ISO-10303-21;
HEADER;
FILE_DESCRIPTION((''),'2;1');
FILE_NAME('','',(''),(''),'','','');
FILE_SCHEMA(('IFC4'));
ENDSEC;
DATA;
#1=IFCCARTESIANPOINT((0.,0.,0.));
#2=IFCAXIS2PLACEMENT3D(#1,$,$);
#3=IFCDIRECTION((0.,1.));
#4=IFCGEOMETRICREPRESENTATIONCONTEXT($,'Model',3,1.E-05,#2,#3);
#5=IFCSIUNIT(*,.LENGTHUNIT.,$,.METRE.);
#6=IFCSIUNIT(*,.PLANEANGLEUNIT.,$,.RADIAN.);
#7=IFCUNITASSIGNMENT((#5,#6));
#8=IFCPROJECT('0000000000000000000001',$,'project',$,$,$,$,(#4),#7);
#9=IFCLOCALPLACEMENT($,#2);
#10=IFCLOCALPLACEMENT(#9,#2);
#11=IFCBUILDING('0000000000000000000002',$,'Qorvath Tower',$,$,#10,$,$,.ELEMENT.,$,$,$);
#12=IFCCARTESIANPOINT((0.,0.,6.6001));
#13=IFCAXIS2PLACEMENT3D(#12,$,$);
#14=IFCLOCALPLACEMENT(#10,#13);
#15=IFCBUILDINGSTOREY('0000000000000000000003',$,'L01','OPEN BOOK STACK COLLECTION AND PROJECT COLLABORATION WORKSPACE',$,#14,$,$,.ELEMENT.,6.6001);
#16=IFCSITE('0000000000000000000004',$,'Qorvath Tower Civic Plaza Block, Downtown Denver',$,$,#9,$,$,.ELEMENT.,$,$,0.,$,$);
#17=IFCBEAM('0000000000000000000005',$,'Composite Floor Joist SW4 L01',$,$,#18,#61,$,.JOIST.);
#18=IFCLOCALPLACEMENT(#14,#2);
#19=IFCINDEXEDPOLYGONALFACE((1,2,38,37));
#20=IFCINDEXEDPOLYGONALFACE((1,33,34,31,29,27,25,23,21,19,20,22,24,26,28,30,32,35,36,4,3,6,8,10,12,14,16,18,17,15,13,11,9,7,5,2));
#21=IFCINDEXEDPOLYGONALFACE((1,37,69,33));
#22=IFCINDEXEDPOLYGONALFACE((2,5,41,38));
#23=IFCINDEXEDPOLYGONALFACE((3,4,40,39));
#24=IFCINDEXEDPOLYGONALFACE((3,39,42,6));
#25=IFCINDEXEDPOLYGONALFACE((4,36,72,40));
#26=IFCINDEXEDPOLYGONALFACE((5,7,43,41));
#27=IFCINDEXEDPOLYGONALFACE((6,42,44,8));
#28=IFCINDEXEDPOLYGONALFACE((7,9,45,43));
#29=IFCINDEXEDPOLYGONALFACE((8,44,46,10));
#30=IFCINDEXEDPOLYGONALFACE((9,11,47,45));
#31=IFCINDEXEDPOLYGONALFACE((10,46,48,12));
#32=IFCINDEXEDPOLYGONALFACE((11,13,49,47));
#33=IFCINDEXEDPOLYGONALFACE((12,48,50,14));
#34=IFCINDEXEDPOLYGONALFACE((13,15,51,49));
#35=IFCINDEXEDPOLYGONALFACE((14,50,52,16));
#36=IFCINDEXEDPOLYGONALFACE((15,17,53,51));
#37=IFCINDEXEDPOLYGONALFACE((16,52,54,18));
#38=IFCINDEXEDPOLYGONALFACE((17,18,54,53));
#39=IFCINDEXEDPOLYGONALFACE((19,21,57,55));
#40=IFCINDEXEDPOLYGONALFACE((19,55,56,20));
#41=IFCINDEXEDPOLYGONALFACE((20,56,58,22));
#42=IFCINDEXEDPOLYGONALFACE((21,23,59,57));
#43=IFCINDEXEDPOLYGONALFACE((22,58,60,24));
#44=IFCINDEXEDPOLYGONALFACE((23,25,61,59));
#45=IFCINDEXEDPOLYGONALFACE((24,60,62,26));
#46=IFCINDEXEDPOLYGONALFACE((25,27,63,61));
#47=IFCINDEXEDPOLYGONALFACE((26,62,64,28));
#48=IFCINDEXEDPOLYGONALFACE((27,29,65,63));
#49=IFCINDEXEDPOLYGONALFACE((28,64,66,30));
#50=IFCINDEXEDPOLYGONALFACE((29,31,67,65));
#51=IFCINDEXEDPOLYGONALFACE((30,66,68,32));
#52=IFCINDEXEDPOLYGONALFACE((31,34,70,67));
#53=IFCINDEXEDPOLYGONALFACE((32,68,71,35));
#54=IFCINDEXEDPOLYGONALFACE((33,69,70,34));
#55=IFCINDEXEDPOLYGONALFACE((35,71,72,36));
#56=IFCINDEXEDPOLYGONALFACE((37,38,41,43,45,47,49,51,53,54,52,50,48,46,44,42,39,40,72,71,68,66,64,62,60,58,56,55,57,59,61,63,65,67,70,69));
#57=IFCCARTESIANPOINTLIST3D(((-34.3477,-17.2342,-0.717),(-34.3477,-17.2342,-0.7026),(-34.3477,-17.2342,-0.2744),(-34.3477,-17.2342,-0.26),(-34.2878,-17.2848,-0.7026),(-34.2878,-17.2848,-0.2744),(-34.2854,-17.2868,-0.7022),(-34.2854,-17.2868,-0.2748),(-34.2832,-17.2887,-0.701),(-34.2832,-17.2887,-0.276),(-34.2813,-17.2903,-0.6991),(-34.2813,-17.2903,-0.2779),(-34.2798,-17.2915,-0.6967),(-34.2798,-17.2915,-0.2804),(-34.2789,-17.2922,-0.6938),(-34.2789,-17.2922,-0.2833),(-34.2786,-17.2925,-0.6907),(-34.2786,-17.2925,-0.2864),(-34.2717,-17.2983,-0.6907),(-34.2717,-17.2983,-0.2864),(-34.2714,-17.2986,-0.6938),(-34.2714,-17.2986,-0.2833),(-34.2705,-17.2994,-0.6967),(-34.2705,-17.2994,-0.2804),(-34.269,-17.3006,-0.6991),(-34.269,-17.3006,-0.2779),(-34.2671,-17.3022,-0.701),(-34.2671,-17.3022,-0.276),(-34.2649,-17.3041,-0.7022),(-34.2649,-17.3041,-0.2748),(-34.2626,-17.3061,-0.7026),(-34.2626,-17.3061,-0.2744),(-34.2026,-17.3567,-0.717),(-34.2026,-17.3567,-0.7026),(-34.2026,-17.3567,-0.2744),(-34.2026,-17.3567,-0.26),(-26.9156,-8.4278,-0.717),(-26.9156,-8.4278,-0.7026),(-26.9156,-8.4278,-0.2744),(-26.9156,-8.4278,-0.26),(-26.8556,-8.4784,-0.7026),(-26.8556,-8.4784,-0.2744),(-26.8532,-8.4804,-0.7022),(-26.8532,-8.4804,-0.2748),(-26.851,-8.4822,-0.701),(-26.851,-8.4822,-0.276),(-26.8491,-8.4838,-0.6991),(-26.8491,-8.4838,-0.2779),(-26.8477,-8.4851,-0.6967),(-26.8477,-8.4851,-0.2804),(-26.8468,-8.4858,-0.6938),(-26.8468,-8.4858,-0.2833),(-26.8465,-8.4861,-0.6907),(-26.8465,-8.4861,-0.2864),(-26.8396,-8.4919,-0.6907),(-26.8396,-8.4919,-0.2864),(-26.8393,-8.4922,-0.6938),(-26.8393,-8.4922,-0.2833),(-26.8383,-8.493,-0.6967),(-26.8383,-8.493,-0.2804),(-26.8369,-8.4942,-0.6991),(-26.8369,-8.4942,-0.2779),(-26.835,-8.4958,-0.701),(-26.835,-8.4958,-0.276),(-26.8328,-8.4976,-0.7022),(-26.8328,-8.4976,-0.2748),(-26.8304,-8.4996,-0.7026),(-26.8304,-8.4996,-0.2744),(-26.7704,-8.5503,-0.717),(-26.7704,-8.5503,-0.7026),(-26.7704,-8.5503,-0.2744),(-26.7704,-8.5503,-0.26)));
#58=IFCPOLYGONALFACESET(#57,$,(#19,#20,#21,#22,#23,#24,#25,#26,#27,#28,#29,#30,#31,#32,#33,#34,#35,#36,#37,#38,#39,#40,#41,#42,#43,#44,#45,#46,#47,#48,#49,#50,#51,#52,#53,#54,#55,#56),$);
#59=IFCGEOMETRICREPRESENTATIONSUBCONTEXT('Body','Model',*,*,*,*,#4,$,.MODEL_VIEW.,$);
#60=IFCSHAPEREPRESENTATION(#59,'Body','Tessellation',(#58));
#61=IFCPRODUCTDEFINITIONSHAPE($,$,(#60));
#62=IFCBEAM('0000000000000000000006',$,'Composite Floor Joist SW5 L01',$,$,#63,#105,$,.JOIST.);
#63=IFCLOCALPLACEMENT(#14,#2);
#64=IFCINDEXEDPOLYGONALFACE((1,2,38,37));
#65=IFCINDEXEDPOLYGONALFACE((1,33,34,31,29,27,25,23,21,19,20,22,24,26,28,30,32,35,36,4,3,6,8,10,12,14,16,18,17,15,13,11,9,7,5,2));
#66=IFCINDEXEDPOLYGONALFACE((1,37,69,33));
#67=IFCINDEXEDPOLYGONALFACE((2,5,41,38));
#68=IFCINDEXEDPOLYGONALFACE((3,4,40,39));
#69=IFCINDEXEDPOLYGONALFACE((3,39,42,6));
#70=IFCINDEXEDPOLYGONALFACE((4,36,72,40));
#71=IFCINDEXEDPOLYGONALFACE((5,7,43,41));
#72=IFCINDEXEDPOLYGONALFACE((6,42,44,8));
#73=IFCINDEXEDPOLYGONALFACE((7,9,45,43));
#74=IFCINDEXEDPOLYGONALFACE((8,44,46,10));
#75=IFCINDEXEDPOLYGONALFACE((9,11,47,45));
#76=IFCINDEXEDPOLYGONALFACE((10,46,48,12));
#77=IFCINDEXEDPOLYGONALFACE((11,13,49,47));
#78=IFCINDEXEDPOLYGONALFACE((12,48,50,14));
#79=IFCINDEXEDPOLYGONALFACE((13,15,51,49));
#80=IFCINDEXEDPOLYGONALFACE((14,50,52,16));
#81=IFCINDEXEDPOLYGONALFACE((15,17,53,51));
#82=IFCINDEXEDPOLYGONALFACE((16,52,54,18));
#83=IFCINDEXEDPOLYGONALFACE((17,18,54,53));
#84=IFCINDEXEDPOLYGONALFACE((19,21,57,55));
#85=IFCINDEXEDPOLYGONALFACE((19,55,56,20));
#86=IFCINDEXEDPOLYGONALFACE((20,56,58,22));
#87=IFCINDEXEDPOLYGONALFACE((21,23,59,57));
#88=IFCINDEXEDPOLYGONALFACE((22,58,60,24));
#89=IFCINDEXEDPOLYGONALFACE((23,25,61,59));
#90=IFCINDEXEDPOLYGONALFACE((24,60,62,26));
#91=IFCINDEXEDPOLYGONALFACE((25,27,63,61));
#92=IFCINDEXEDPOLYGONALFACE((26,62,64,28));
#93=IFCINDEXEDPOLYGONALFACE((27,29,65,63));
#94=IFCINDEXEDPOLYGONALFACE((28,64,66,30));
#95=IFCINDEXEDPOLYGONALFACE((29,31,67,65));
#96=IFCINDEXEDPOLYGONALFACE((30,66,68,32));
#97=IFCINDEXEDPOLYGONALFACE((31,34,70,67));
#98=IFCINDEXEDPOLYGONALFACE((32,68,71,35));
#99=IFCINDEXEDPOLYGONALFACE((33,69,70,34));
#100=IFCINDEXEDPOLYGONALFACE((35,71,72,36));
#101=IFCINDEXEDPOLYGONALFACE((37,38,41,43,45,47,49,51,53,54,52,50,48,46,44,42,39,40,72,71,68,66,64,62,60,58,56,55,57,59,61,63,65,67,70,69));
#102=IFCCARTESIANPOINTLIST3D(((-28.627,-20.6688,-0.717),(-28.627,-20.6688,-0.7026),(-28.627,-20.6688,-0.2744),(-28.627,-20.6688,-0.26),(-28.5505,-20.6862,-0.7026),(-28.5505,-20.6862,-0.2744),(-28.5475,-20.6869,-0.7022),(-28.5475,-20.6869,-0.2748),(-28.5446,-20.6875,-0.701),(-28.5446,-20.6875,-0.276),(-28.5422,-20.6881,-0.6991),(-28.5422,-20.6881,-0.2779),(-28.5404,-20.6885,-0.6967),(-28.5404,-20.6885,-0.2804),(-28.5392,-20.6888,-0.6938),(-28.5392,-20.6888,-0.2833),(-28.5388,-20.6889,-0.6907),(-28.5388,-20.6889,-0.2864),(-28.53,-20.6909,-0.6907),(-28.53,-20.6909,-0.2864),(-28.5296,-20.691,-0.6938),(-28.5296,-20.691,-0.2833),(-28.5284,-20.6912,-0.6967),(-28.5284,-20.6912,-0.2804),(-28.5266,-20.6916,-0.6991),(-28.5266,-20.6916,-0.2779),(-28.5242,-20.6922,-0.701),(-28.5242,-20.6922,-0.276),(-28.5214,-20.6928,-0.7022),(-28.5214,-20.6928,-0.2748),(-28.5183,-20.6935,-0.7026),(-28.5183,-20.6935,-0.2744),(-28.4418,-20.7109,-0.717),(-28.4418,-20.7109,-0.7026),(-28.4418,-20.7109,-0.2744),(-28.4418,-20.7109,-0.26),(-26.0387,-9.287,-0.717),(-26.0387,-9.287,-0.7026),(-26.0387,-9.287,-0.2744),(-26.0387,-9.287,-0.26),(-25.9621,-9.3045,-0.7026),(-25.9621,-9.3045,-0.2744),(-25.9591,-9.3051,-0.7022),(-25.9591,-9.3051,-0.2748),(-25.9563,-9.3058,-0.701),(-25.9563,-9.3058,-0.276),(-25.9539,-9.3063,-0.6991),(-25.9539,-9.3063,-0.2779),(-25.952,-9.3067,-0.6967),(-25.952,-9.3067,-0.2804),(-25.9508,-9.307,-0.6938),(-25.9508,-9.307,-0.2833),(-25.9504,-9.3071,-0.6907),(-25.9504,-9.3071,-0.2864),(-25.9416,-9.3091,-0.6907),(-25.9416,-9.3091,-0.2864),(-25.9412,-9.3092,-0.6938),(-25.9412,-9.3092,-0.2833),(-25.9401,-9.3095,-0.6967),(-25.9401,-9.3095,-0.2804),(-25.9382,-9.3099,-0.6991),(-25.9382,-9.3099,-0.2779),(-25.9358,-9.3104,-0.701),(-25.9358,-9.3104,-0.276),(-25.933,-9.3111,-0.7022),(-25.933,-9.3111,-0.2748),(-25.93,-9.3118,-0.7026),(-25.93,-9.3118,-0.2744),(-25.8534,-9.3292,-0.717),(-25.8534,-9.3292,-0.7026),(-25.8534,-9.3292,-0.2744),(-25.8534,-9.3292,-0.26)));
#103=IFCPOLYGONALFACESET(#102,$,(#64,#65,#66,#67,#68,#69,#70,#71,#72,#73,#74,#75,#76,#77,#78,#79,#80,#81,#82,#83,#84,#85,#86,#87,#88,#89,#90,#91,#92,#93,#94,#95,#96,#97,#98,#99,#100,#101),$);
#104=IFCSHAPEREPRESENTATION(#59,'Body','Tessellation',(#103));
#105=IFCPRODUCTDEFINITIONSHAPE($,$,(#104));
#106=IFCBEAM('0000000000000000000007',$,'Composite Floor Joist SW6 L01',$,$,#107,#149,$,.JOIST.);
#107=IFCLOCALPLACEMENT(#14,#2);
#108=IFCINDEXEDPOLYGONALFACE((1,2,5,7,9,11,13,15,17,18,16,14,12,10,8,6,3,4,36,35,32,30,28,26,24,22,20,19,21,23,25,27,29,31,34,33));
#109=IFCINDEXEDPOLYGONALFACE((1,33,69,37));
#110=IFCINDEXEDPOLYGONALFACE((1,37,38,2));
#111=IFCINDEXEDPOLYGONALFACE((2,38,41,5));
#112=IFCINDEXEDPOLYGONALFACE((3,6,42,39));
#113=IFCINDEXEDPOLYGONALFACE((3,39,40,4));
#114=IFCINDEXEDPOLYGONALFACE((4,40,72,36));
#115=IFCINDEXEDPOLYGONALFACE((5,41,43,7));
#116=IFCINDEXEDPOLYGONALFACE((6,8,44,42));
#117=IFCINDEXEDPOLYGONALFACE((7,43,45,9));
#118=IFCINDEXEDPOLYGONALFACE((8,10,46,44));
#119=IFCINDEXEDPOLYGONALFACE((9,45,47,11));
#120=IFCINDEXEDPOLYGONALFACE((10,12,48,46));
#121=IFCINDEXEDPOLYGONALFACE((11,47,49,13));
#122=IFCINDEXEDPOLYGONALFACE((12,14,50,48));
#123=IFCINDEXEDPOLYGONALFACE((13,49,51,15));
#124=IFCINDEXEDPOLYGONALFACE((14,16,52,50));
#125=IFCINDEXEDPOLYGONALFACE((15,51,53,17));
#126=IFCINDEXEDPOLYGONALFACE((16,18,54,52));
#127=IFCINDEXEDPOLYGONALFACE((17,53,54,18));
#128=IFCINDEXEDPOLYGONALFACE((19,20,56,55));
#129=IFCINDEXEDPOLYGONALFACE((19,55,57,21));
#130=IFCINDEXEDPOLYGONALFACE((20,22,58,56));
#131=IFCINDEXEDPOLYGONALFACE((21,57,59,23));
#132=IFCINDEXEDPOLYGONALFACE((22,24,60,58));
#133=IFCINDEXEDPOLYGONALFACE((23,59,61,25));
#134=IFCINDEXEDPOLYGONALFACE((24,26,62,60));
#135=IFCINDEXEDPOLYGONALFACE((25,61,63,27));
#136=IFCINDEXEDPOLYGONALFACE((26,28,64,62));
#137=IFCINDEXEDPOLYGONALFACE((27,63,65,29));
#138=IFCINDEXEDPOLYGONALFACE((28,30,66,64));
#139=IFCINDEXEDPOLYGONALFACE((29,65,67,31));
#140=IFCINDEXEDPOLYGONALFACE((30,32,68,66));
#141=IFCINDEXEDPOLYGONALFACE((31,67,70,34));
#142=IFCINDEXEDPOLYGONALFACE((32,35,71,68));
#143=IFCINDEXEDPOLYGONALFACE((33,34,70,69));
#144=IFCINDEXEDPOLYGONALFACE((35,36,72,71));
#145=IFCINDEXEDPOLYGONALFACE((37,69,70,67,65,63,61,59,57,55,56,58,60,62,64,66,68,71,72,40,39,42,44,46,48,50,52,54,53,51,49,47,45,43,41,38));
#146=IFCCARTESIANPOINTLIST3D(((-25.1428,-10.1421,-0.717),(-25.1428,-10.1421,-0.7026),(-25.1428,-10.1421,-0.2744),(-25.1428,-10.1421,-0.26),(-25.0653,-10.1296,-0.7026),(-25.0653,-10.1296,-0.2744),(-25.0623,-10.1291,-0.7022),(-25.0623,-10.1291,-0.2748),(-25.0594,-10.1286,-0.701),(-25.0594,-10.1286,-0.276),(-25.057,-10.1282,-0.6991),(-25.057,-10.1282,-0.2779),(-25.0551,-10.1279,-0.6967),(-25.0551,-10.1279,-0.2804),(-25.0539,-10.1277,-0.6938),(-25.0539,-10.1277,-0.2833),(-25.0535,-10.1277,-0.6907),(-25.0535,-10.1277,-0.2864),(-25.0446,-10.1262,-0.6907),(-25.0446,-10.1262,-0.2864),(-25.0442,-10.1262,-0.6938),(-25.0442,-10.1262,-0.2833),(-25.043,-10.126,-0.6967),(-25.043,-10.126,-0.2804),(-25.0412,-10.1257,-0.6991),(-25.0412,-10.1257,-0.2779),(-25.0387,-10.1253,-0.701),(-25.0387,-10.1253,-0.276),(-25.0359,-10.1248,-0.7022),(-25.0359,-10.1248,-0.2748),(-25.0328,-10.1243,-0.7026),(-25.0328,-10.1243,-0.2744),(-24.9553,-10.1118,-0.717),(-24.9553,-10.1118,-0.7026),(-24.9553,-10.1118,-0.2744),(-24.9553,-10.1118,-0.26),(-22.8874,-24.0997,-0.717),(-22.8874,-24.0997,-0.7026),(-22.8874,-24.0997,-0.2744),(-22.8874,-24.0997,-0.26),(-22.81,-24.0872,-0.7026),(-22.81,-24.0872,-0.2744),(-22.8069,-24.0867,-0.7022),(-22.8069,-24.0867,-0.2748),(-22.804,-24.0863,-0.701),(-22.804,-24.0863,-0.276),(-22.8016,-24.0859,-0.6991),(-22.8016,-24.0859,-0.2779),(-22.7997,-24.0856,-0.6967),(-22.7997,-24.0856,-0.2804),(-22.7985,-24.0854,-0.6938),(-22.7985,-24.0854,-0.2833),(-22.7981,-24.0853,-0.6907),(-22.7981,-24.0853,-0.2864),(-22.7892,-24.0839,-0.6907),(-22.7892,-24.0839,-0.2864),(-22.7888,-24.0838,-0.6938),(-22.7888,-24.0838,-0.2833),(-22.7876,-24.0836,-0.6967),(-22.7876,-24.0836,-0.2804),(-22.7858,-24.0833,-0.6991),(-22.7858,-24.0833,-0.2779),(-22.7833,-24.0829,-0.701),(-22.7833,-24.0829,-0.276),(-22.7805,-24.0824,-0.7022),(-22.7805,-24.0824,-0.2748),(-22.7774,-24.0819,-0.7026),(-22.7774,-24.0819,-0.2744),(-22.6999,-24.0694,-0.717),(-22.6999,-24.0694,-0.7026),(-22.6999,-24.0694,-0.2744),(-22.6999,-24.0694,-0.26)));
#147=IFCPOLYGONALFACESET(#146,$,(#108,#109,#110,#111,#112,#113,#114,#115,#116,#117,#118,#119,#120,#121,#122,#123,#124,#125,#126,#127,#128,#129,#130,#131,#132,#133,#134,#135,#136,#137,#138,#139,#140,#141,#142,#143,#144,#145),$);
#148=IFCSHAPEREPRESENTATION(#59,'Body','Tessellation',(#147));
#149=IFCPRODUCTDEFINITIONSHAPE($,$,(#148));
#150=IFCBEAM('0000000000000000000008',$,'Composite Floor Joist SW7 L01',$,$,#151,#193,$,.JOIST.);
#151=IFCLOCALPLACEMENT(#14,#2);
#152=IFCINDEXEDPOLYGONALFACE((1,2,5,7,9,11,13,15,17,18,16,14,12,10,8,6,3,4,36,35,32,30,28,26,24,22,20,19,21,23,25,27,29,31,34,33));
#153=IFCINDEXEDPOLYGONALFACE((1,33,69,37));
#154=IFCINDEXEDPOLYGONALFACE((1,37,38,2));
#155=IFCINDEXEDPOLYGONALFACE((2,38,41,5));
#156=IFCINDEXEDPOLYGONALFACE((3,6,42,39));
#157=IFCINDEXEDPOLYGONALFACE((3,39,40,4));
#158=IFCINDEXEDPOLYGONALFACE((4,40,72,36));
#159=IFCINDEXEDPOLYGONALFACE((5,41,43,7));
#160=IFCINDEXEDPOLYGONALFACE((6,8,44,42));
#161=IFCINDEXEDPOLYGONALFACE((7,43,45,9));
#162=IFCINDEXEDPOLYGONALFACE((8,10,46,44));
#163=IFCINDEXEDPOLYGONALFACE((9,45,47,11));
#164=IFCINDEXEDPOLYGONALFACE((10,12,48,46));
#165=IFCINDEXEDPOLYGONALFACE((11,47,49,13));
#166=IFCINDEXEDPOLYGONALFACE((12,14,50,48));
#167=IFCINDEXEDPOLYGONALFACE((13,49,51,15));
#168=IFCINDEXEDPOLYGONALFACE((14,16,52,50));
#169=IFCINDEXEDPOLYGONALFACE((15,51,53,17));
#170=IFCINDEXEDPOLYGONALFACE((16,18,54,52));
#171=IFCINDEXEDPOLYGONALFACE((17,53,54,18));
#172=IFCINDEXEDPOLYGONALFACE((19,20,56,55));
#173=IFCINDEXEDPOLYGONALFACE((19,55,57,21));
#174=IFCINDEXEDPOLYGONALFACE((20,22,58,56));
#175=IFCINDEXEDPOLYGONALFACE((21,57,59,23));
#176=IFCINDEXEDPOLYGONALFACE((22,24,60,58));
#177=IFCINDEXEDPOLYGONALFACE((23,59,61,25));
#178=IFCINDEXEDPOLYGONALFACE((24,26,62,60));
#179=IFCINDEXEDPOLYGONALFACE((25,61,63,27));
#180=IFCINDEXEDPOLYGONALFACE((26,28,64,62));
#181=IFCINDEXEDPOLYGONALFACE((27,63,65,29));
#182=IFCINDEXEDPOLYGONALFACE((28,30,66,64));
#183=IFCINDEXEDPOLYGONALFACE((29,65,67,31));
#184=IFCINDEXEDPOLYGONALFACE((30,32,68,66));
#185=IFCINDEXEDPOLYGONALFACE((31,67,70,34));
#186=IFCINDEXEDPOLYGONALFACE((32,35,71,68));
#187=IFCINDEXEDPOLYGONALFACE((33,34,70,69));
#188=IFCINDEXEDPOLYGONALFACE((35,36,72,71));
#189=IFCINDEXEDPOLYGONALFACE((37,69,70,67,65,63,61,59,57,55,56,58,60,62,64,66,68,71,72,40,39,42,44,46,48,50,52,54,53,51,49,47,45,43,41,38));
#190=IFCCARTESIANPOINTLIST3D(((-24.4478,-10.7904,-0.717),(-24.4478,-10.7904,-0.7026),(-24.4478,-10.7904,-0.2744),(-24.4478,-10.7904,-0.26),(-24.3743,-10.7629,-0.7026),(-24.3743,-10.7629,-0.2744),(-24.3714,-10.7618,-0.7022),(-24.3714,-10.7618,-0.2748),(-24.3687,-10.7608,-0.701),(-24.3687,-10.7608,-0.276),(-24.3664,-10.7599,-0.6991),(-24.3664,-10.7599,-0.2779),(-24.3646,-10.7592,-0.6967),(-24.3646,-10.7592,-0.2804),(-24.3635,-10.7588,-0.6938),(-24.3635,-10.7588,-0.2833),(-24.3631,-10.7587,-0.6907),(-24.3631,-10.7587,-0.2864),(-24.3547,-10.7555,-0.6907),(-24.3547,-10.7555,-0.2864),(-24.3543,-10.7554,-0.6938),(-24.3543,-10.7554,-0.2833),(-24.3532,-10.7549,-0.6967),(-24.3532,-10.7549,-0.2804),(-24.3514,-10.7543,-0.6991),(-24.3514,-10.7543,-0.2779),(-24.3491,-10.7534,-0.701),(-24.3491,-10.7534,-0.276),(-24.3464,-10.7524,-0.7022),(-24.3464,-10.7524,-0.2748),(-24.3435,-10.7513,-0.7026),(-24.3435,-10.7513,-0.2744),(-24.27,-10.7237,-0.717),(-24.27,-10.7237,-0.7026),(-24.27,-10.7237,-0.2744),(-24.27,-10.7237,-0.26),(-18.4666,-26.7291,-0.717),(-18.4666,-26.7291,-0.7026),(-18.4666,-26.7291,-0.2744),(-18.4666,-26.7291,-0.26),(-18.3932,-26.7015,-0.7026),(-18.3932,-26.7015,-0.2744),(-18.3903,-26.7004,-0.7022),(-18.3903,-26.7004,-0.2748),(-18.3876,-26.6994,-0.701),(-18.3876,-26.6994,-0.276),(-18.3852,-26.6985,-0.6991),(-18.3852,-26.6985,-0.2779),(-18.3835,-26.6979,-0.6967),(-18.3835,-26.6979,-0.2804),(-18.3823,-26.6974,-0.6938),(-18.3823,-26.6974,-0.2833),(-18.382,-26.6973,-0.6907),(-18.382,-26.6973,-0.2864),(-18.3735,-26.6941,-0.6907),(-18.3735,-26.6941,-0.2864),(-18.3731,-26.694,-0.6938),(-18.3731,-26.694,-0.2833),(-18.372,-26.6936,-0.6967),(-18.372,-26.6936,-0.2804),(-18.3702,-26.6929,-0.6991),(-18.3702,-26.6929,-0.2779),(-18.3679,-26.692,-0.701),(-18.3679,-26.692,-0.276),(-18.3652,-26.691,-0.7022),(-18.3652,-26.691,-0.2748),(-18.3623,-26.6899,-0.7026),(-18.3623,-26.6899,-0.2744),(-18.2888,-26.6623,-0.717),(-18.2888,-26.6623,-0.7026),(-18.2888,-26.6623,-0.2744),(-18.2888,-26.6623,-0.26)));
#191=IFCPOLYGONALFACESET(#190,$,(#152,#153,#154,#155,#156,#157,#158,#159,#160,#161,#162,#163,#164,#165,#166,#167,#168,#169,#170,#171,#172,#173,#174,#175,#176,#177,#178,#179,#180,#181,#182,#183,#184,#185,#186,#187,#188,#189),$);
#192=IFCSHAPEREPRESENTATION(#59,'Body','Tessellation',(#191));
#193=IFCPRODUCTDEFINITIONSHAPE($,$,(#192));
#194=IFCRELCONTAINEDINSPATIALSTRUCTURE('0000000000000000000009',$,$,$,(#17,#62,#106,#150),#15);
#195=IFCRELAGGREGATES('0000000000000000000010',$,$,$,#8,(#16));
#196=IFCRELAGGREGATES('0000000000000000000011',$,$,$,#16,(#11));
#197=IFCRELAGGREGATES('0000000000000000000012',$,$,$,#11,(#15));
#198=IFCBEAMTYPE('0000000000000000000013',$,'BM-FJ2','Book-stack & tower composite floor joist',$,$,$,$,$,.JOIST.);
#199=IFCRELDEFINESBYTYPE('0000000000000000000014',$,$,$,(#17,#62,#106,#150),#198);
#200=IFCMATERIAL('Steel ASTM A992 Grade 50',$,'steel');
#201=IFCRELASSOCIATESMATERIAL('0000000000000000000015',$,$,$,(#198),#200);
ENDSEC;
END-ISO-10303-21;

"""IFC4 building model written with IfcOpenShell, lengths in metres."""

from ifc_helpers import new_model, si_unit, direction, frame, origin, origin_2d, place, context, subcontext, project, spatial, i_section, extrude, material, material_profile, profile_set, type_object, element, save


model = new_model("IFC4")

# Units and contexts
model_context = context("Model", 3, precision=1e-05, world=origin(), true_north=direction((0.0, 1.0)))
body_context = subcontext(model_context, "Body", "Model", "MODEL_VIEW")
ifc_project = project(units=[si_unit("LENGTHUNIT", "METRE"), si_unit("PLANEANGLEUNIT", "RADIAN")], contexts=[model_context])

# Site, building, storey
site_placement = place(None, origin())
site = spatial("IfcSite", under=ifc_project, at=site_placement, Name="Qorvath Tower Civic Plaza Block, Downtown Denver", CompositionType="ELEMENT", RefElevation=0.0)
building_placement = place(site_placement, origin())
building = spatial("IfcBuilding", under=site, at=building_placement, Name="Qorvath Tower", CompositionType="ELEMENT")
storey_placement = place(building_placement, frame((0.0, 0.0, 6.6001)))
storey = spatial("IfcBuildingStorey", under=building, at=storey_placement, Name="L01", Description="OPEN BOOK STACK COLLECTION AND PROJECT COLLABORATION WORKSPACE", CompositionType="ELEMENT", Elevation=6.6001)

# Beams
ifc_material_1 = material(Name="Steel ASTM A992 Grade 50", Category="steel")
ifc_material_profile_1 = material_profile(ifc_material_1, i_section(OverallWidth=0.1899, OverallDepth=0.457, WebThickness=0.009, FlangeThickness=0.0144, FilletRadius=0.012, at=origin_2d()), Name="W18x50")
ifc_profile_set_1 = profile_set([ifc_material_profile_1], Name="Steel ASTM A992 Grade 50")
beam_type_1 = type_object("IfcBeamType", Name="BM-FJ2", Description="Book-stack & tower composite floor joist", PredefinedType="JOIST", material=ifc_profile_set_1)
beam_1_placement = place(storey_placement, frame((-26.843, -8.489, -0.4885), z_axis=(-0.644959, -0.764217, 0.0), x_axis=(0.764217, -0.644959, 0.0)))
element("IfcBeam", 1, at=beam_1_placement, inside=storey, type_object=beam_type_1, Name="Composite Floor Joist SW4 L01", PredefinedType="JOIST", context=body_context, shape_type="SweptSolid", body=[
    extrude(i_section(OverallWidth=0.1899, OverallDepth=0.457, WebThickness=0.009, FlangeThickness=0.0144, FilletRadius=0.012, at=origin_2d()), origin(), (0.0, 0.0, 1.0), 11.5234),
])
beam_2_placement = place(storey_placement, frame((-25.946, -9.3081, -0.4885), z_axis=(-0.221751, -0.975103, 0.0), x_axis=(0.975103, -0.221751, 0.0)))
element("IfcBeam", 2, at=beam_2_placement, inside=storey, type_object=beam_type_1, Name="Composite Floor Joist SW5 L01", PredefinedType="JOIST", context=body_context, shape_type="SweptSolid", body=[
    extrude(i_section(OverallWidth=0.1899, OverallDepth=0.457, WebThickness=0.009, FlangeThickness=0.0144, FilletRadius=0.012, at=origin_2d()), origin(), (0.0, 0.0, 1.0), 11.6724),
])
beam_3_placement = place(storey_placement, frame((-25.0491, -10.127, -0.4885), z_axis=(0.159519, -0.987195, 0.0), x_axis=(0.987195, 0.159519, 0.0)))
element("IfcBeam", 3, at=beam_3_placement, inside=storey, type_object=beam_type_1, Name="Composite Floor Joist SW6 L01", PredefinedType="JOIST", context=body_context, shape_type="SweptSolid", body=[
    extrude(i_section(OverallWidth=0.1899, OverallDepth=0.457, WebThickness=0.009, FlangeThickness=0.0144, FilletRadius=0.012, at=origin_2d()), origin(), (0.0, 0.0, 1.0), 14.1387),
])
beam_4_placement = place(storey_placement, frame((-24.3589, -10.7571, -0.4885), z_axis=(0.351339, -0.936248, 0.0), x_axis=(0.936248, 0.351339, 0.0)))
element("IfcBeam", 4, at=beam_4_placement, inside=storey, type_object=beam_type_1, Name="Composite Floor Joist SW7 L01", PredefinedType="JOIST", context=body_context, shape_type="SweptSolid", body=[
    extrude(i_section(OverallWidth=0.1899, OverallDepth=0.457, WebThickness=0.009, FlangeThickness=0.0144, FilletRadius=0.012, at=origin_2d()), origin(), (0.0, 0.0, 1.0), 17.0239),
])

save(model, "model.ifc")
